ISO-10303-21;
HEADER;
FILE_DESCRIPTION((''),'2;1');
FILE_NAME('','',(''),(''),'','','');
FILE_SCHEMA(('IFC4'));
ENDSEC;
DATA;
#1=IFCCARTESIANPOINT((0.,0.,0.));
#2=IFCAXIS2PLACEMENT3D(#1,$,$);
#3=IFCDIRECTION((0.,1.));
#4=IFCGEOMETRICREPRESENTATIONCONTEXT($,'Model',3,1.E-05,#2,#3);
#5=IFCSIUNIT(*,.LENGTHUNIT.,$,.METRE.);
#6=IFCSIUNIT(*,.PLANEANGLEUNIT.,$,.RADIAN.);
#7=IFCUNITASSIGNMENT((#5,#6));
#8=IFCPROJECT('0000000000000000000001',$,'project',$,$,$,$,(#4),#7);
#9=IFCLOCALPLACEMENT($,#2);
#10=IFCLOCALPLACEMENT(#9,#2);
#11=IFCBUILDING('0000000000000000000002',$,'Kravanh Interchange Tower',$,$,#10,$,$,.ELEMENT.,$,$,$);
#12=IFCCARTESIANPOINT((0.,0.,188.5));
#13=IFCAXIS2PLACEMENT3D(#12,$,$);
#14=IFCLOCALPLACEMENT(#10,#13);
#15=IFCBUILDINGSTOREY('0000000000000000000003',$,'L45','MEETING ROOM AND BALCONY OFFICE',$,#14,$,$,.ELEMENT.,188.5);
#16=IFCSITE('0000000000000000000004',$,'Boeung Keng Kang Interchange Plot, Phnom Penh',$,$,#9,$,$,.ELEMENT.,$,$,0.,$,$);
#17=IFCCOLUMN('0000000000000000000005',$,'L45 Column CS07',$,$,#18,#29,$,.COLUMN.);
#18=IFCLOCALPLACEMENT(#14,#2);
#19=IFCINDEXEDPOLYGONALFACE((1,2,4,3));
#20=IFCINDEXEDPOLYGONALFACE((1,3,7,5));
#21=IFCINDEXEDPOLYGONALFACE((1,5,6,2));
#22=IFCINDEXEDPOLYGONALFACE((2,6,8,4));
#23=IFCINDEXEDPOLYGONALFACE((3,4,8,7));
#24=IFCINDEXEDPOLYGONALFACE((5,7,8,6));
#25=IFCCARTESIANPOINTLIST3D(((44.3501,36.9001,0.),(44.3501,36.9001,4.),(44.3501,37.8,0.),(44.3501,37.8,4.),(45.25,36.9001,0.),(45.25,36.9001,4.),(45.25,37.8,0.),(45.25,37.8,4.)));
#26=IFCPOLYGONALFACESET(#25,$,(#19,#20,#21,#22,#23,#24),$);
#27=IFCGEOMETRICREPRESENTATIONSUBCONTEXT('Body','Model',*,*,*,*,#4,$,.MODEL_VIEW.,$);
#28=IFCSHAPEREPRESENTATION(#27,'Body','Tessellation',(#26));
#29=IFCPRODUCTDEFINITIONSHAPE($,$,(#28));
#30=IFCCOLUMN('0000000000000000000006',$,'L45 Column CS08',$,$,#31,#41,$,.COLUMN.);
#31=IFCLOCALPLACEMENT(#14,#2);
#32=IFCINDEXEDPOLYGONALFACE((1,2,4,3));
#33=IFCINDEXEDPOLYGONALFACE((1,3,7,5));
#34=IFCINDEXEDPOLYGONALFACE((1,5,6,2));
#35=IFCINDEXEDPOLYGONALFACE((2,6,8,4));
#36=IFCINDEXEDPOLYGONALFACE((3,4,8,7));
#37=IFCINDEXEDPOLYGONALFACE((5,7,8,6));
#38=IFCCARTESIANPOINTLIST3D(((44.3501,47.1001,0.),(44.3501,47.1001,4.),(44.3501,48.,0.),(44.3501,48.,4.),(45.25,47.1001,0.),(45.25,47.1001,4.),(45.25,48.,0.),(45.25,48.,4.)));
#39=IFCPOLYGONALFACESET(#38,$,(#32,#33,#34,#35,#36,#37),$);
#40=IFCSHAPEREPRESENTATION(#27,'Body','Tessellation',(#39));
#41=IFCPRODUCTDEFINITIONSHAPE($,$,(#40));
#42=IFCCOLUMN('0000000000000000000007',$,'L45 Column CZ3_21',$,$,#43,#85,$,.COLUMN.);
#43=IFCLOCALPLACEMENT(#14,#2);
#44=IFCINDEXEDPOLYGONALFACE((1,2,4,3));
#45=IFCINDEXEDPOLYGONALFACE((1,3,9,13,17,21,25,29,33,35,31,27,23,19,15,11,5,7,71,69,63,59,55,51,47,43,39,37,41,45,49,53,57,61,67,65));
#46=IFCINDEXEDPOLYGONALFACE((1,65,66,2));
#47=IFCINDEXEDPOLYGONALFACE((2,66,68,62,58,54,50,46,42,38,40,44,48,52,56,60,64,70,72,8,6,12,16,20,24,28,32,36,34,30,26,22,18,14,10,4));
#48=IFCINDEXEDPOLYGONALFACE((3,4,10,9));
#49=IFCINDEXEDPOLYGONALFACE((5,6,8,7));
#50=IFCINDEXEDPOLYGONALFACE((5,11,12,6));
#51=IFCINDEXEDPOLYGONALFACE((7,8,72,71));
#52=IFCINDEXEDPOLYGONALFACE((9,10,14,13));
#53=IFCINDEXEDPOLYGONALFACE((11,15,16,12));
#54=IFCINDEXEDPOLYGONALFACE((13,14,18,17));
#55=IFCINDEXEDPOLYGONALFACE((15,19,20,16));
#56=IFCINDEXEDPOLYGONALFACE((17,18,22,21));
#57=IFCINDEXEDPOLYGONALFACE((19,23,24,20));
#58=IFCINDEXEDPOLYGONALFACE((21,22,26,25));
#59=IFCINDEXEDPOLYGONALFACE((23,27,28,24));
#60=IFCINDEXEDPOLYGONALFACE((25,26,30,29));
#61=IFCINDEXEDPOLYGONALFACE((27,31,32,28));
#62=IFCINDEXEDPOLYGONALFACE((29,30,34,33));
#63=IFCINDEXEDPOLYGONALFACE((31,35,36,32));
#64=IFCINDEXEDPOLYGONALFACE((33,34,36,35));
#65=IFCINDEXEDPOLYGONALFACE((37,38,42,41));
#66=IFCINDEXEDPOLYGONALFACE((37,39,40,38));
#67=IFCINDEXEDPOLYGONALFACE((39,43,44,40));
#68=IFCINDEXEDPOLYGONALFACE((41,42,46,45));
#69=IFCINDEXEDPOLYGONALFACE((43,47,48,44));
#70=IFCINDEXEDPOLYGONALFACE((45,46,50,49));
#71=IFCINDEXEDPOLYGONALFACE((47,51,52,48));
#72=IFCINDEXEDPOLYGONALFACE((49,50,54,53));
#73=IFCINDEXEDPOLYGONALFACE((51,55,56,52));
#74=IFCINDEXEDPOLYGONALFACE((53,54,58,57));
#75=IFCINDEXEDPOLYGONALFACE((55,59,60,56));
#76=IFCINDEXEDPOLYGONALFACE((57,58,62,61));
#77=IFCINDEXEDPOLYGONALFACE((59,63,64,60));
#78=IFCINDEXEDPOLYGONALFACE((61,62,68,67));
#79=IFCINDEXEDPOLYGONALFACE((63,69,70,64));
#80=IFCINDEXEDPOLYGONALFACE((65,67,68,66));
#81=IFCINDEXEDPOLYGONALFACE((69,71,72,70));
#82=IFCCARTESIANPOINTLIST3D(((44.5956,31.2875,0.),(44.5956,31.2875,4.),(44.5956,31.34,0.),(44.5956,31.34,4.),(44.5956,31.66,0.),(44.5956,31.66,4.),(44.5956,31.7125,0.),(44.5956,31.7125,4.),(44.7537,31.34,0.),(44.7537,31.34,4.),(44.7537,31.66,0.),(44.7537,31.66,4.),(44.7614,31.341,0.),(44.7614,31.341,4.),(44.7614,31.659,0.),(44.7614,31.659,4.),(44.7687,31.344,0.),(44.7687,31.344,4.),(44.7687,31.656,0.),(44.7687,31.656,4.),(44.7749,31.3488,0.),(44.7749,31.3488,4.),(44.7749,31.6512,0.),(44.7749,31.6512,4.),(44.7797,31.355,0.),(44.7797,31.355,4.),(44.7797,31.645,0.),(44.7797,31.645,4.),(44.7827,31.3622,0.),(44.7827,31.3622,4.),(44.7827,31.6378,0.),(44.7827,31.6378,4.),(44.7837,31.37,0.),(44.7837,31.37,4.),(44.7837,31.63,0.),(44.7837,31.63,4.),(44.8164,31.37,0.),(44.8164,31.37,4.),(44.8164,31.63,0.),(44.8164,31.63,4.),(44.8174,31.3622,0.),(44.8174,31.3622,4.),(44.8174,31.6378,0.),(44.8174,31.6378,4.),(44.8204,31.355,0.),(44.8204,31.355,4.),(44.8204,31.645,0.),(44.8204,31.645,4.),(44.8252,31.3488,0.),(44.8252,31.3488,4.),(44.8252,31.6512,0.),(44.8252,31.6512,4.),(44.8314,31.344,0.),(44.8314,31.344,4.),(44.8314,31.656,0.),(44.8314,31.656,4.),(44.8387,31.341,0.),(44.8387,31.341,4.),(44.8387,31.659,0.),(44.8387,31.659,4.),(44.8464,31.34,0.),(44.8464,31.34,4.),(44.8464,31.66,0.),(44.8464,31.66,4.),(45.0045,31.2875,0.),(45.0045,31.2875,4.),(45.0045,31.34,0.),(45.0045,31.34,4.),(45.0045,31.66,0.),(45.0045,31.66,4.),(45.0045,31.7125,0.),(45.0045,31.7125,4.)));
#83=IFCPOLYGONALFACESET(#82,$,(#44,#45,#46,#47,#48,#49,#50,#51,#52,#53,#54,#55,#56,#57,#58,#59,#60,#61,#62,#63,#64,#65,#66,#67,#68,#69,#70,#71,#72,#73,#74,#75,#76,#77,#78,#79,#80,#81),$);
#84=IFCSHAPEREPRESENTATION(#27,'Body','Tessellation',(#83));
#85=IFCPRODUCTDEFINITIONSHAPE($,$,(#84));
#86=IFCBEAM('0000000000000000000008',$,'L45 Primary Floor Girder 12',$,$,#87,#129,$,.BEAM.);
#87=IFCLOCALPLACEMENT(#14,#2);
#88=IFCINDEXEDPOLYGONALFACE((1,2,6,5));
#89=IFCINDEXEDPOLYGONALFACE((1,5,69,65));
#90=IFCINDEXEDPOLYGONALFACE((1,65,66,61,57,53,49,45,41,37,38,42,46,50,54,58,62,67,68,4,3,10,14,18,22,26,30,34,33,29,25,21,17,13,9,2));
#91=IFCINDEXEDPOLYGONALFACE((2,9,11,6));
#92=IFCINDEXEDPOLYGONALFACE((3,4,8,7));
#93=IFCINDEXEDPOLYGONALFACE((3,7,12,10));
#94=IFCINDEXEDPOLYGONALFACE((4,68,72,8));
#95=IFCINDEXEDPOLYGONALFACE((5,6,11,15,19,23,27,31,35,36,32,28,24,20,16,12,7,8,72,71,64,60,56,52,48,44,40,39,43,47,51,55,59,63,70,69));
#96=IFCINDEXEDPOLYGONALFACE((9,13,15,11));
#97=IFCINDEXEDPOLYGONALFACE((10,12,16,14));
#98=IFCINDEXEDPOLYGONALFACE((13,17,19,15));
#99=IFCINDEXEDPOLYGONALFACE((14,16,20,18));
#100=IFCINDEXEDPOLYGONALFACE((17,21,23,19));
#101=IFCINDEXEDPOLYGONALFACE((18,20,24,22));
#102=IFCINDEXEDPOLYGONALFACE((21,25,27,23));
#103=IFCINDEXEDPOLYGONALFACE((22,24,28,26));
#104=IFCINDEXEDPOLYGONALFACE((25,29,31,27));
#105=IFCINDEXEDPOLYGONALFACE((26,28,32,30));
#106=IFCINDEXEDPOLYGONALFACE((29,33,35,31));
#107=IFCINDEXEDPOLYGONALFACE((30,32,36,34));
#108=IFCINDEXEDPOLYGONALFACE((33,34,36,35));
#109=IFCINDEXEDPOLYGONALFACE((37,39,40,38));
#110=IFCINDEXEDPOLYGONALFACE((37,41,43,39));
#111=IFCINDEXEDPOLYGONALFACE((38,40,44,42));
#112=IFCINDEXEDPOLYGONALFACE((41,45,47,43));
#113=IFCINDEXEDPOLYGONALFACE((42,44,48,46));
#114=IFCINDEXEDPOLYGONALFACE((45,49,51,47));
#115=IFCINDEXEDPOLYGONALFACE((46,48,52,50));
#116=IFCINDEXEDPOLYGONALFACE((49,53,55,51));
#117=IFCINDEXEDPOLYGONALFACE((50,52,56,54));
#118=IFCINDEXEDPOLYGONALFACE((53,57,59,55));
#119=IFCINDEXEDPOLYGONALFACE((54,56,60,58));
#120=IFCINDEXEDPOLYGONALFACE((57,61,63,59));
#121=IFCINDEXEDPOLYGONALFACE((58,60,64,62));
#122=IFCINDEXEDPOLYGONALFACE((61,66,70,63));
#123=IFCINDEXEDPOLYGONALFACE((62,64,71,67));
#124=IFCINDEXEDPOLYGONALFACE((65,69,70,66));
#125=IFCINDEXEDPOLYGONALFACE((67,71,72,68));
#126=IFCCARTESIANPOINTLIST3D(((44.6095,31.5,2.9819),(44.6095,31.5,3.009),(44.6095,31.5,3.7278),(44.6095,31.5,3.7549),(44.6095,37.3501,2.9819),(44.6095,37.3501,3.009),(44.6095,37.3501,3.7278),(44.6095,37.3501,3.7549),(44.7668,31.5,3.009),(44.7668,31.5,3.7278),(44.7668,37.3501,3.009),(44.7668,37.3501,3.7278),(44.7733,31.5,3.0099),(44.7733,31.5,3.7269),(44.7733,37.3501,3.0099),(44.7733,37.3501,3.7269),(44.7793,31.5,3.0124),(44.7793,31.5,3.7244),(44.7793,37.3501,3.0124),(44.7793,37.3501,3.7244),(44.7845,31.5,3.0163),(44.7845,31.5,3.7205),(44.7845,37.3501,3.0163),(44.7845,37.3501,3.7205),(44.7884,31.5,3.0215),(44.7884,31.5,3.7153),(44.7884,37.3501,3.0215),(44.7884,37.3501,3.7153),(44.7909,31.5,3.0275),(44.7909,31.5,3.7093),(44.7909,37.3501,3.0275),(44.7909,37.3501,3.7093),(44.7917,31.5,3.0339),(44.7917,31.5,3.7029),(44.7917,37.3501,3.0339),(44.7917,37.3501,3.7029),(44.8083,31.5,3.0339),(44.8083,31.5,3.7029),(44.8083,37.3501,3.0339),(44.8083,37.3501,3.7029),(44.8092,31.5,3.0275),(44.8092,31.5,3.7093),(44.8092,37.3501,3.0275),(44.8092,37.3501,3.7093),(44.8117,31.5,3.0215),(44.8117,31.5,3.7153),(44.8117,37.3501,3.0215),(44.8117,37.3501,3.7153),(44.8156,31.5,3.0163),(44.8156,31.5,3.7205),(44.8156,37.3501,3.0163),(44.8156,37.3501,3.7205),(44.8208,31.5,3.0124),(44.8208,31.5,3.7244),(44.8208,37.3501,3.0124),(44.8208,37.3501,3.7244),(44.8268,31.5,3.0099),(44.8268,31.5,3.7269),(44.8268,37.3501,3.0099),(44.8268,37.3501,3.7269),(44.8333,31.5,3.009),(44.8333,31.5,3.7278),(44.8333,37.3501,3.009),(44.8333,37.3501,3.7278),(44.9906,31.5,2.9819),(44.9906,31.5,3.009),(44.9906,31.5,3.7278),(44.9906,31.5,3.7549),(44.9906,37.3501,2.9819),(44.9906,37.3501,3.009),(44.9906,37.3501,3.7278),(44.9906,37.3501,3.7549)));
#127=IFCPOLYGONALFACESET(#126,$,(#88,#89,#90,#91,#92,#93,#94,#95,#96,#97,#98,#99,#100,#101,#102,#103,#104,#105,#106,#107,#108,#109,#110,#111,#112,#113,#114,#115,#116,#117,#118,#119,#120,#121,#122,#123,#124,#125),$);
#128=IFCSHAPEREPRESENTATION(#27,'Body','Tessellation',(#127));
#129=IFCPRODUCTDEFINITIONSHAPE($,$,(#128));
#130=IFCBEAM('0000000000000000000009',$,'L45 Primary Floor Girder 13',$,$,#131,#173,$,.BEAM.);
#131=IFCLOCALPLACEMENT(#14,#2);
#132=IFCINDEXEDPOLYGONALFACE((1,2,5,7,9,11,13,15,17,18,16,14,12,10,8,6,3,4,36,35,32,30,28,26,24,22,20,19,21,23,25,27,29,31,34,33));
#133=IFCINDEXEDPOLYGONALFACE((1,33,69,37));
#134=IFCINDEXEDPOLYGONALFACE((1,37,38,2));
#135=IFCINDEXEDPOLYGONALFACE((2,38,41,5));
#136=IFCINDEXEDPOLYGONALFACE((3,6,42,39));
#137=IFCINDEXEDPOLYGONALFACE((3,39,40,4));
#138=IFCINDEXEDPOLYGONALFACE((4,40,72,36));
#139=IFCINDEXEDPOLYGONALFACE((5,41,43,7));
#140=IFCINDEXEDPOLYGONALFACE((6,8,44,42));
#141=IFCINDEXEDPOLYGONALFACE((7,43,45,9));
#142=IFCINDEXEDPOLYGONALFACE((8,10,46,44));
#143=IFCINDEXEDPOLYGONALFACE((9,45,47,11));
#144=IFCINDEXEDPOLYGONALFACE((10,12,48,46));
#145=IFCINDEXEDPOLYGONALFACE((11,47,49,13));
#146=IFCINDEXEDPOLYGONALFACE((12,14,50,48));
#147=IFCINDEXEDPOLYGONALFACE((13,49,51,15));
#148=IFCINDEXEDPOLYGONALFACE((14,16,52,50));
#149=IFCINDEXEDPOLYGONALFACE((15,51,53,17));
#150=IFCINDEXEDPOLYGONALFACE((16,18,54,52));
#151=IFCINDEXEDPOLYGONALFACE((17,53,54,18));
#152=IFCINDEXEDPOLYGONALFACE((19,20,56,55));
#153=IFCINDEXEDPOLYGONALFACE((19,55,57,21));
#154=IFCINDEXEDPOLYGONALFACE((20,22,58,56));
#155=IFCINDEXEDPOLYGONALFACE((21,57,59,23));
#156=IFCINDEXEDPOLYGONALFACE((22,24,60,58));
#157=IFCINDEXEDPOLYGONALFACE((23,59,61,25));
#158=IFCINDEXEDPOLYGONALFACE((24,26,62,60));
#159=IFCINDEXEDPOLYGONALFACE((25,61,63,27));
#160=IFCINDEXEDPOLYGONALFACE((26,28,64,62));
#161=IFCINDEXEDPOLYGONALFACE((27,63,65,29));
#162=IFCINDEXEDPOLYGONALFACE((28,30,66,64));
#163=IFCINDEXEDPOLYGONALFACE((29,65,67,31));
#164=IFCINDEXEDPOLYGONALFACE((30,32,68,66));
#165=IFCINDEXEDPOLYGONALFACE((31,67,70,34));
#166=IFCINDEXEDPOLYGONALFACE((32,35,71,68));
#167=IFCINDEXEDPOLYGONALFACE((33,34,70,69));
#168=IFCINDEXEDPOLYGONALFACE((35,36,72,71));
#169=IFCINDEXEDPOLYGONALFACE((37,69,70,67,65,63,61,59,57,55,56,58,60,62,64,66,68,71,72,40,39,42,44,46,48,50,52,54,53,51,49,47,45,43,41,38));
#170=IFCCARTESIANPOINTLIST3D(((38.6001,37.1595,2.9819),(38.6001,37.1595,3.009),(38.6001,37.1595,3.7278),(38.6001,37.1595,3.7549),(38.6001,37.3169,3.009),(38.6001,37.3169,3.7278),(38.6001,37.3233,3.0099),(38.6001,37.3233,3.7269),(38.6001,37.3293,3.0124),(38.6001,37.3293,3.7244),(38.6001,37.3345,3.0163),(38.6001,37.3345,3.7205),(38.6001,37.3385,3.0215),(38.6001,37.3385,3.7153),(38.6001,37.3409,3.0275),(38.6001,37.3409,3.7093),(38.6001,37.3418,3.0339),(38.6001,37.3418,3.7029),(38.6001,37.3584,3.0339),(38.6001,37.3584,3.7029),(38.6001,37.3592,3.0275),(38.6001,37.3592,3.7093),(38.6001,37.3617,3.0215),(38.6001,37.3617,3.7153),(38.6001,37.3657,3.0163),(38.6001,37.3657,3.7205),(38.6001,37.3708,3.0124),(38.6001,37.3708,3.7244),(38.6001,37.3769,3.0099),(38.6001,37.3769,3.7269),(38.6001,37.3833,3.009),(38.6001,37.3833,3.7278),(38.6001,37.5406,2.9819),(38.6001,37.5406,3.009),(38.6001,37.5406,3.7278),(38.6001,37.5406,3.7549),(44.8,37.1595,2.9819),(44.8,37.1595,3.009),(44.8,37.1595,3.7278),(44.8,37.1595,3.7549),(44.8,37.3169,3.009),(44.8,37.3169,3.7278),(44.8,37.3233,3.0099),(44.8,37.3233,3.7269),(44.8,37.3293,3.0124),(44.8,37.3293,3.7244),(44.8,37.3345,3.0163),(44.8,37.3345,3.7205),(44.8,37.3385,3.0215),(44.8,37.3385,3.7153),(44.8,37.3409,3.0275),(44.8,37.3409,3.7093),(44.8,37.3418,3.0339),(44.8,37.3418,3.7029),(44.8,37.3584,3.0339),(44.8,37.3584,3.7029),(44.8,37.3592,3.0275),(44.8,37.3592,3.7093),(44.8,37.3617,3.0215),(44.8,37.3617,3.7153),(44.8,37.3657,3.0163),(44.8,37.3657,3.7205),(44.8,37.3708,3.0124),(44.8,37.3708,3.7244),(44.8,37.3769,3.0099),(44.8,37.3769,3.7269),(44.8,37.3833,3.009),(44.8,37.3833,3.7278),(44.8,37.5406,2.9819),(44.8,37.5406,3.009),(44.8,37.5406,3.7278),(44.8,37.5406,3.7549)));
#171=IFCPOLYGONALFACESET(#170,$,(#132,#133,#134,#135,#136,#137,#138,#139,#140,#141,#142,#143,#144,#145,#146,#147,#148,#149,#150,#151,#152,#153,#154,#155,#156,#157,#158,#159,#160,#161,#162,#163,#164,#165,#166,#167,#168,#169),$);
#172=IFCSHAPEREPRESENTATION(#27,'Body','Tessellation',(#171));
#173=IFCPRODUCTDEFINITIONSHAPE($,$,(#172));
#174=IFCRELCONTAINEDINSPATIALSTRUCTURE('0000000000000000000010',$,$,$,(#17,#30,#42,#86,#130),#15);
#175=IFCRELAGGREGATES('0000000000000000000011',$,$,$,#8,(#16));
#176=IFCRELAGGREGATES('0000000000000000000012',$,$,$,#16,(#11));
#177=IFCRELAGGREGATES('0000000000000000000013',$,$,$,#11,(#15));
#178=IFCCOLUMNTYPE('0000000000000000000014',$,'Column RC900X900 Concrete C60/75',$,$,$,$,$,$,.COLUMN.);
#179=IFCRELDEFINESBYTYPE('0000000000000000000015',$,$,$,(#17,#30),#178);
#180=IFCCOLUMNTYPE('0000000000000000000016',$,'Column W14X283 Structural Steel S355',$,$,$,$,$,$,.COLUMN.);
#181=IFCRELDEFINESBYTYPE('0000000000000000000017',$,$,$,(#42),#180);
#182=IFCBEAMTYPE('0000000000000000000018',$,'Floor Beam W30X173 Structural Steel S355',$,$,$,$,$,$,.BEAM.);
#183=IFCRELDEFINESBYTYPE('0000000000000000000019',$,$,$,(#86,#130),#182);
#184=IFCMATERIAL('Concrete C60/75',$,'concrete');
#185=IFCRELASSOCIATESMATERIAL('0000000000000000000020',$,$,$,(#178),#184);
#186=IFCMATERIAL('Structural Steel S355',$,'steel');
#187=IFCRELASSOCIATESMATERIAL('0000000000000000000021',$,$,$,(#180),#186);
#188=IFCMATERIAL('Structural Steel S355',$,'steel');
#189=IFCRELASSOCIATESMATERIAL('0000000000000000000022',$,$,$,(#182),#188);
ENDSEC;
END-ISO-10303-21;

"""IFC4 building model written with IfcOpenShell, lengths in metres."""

from ifc_helpers import new_model, si_unit, direction, frame, origin, origin_2d, place, context, subcontext, project, spatial, rectangle, i_section, extrude, material, material_profile, profile_set, type_object, element, save


model = new_model("IFC4")

# Units and contexts
model_context = context("Model", 3, precision=1e-05, world=origin(), true_north=direction((0.0, 1.0)))
body_context = subcontext(model_context, "Body", "Model", "MODEL_VIEW")
ifc_project = project(units=[si_unit("LENGTHUNIT", "METRE"), si_unit("PLANEANGLEUNIT", "RADIAN")], contexts=[model_context])

# Site, building, storey
site_placement = place(None, origin())
site = spatial("IfcSite", under=ifc_project, at=site_placement, Name="Boeung Keng Kang Interchange Plot, Phnom Penh", CompositionType="ELEMENT", RefElevation=0.0)
building_placement = place(site_placement, origin())
building = spatial("IfcBuilding", under=site, at=building_placement, Name="Kravanh Interchange Tower", CompositionType="ELEMENT")
storey_placement = place(building_placement, frame((0.0, 0.0, 188.5)))
storey = spatial("IfcBuildingStorey", under=building, at=storey_placement, Name="L45", Description="MEETING ROOM AND BALCONY OFFICE", CompositionType="ELEMENT", Elevation=188.5)

# Columns
ifc_material_1 = material(Name="Concrete C60/75", Category="concrete")
ifc_material_profile_1 = material_profile(ifc_material_1, rectangle(XDim=0.8999, YDim=0.8999, at=origin_2d()), Name="RC900X900")
ifc_profile_set_1 = profile_set([ifc_material_profile_1], Name="Concrete C60/75")
column_type_1 = type_object("IfcColumnType", Name="Column RC900X900 Concrete C60/75", PredefinedType="COLUMN", material=ifc_profile_set_1)
for number, where, z_axis, x_axis, name in (
    (1, (44.8, 37.3501, 0.0), (0.0, 0.0, 1.0), (1.0, 0.0, 0.0), "L45 Column CS07"),
    (2, (44.8, 47.55, 0.0), (0.0, 0.0, 1.0), (1.0, 0.0, 0.0), "L45 Column CS08"),
):
    element("IfcColumn", number, at=place(storey_placement, frame(where, z_axis=z_axis, x_axis=x_axis)), inside=storey, type_object=column_type_1, Name=name, PredefinedType="COLUMN", context=body_context, shape_type="SweptSolid", body=[
        extrude(rectangle(XDim=0.8999, YDim=0.8999, at=origin_2d()), origin(), (0.0, 0.0, 1.0), 4.0),
    ])
ifc_material_2 = material(Name="Structural Steel S355", Category="steel")
ifc_material_profile_2 = material_profile(ifc_material_2, i_section(OverallWidth=0.4089, OverallDepth=0.425, WebThickness=0.0327, FlangeThickness=0.0525, FilletRadius=0.03, at=origin_2d()), Name="W14X283")
ifc_profile_set_2 = profile_set([ifc_material_profile_2], Name="Structural Steel S355")
column_type_2 = type_object("IfcColumnType", Name="Column W14X283 Structural Steel S355", PredefinedType="COLUMN", material=ifc_profile_set_2)
column_placement = place(storey_placement, frame((44.8, 31.5, 0.0), z_axis=(0.0, 0.0, 1.0), x_axis=(1.0, 0.0, 0.0)))
element("IfcColumn", 3, at=column_placement, inside=storey, type_object=column_type_2, Name="L45 Column CZ3_21", PredefinedType="COLUMN", context=body_context, shape_type="SweptSolid", body=[
    extrude(i_section(OverallWidth=0.4089, OverallDepth=0.425, WebThickness=0.0327, FlangeThickness=0.0525, FilletRadius=0.03, at=origin_2d()), origin(), (0.0, 0.0, 1.0), 4.0),
])

# Beams
ifc_material_3 = material(Name="Structural Steel S355", Category="steel")
ifc_material_profile_3 = material_profile(ifc_material_3, i_section(OverallWidth=0.3811, OverallDepth=0.7729, WebThickness=0.0166, FlangeThickness=0.0271, FilletRadius=0.0249, at=origin_2d()), Name="W30X173")
ifc_profile_set_3 = profile_set([ifc_material_profile_3], Name="Structural Steel S355")
beam_type_1 = type_object("IfcBeamType", Name="Floor Beam W30X173 Structural Steel S355", PredefinedType="BEAM", material=ifc_profile_set_3)
beam_1_placement = place(storey_placement, frame((44.8, 37.3501, 3.3684), z_axis=(0.0, -1.0, 0.0), x_axis=(1.0, 0.0, 0.0)))
element("IfcBeam", 4, at=beam_1_placement, inside=storey, type_object=beam_type_1, Name="L45 Primary Floor Girder 12", PredefinedType="BEAM", context=body_context, shape_type="SweptSolid", body=[
    extrude(i_section(OverallWidth=0.3811, OverallDepth=0.7729, WebThickness=0.0166, FlangeThickness=0.0271, FilletRadius=0.0249, at=origin_2d()), origin(), (0.0, 0.0, 1.0), 5.8501),
])
beam_2_placement = place(storey_placement, frame((44.8, 37.3501, 3.3684), z_axis=(-1.0, 0.0, 0.0), x_axis=(0.0, -1.0, 0.0)))
element("IfcBeam", 5, at=beam_2_placement, inside=storey, type_object=beam_type_1, Name="L45 Primary Floor Girder 13", PredefinedType="BEAM", context=body_context, shape_type="SweptSolid", body=[
    extrude(i_section(OverallWidth=0.3811, OverallDepth=0.7729, WebThickness=0.0166, FlangeThickness=0.0271, FilletRadius=0.0249, at=origin_2d()), origin(), (0.0, 0.0, 1.0), 6.2),
])

save(model, "model.ifc")
